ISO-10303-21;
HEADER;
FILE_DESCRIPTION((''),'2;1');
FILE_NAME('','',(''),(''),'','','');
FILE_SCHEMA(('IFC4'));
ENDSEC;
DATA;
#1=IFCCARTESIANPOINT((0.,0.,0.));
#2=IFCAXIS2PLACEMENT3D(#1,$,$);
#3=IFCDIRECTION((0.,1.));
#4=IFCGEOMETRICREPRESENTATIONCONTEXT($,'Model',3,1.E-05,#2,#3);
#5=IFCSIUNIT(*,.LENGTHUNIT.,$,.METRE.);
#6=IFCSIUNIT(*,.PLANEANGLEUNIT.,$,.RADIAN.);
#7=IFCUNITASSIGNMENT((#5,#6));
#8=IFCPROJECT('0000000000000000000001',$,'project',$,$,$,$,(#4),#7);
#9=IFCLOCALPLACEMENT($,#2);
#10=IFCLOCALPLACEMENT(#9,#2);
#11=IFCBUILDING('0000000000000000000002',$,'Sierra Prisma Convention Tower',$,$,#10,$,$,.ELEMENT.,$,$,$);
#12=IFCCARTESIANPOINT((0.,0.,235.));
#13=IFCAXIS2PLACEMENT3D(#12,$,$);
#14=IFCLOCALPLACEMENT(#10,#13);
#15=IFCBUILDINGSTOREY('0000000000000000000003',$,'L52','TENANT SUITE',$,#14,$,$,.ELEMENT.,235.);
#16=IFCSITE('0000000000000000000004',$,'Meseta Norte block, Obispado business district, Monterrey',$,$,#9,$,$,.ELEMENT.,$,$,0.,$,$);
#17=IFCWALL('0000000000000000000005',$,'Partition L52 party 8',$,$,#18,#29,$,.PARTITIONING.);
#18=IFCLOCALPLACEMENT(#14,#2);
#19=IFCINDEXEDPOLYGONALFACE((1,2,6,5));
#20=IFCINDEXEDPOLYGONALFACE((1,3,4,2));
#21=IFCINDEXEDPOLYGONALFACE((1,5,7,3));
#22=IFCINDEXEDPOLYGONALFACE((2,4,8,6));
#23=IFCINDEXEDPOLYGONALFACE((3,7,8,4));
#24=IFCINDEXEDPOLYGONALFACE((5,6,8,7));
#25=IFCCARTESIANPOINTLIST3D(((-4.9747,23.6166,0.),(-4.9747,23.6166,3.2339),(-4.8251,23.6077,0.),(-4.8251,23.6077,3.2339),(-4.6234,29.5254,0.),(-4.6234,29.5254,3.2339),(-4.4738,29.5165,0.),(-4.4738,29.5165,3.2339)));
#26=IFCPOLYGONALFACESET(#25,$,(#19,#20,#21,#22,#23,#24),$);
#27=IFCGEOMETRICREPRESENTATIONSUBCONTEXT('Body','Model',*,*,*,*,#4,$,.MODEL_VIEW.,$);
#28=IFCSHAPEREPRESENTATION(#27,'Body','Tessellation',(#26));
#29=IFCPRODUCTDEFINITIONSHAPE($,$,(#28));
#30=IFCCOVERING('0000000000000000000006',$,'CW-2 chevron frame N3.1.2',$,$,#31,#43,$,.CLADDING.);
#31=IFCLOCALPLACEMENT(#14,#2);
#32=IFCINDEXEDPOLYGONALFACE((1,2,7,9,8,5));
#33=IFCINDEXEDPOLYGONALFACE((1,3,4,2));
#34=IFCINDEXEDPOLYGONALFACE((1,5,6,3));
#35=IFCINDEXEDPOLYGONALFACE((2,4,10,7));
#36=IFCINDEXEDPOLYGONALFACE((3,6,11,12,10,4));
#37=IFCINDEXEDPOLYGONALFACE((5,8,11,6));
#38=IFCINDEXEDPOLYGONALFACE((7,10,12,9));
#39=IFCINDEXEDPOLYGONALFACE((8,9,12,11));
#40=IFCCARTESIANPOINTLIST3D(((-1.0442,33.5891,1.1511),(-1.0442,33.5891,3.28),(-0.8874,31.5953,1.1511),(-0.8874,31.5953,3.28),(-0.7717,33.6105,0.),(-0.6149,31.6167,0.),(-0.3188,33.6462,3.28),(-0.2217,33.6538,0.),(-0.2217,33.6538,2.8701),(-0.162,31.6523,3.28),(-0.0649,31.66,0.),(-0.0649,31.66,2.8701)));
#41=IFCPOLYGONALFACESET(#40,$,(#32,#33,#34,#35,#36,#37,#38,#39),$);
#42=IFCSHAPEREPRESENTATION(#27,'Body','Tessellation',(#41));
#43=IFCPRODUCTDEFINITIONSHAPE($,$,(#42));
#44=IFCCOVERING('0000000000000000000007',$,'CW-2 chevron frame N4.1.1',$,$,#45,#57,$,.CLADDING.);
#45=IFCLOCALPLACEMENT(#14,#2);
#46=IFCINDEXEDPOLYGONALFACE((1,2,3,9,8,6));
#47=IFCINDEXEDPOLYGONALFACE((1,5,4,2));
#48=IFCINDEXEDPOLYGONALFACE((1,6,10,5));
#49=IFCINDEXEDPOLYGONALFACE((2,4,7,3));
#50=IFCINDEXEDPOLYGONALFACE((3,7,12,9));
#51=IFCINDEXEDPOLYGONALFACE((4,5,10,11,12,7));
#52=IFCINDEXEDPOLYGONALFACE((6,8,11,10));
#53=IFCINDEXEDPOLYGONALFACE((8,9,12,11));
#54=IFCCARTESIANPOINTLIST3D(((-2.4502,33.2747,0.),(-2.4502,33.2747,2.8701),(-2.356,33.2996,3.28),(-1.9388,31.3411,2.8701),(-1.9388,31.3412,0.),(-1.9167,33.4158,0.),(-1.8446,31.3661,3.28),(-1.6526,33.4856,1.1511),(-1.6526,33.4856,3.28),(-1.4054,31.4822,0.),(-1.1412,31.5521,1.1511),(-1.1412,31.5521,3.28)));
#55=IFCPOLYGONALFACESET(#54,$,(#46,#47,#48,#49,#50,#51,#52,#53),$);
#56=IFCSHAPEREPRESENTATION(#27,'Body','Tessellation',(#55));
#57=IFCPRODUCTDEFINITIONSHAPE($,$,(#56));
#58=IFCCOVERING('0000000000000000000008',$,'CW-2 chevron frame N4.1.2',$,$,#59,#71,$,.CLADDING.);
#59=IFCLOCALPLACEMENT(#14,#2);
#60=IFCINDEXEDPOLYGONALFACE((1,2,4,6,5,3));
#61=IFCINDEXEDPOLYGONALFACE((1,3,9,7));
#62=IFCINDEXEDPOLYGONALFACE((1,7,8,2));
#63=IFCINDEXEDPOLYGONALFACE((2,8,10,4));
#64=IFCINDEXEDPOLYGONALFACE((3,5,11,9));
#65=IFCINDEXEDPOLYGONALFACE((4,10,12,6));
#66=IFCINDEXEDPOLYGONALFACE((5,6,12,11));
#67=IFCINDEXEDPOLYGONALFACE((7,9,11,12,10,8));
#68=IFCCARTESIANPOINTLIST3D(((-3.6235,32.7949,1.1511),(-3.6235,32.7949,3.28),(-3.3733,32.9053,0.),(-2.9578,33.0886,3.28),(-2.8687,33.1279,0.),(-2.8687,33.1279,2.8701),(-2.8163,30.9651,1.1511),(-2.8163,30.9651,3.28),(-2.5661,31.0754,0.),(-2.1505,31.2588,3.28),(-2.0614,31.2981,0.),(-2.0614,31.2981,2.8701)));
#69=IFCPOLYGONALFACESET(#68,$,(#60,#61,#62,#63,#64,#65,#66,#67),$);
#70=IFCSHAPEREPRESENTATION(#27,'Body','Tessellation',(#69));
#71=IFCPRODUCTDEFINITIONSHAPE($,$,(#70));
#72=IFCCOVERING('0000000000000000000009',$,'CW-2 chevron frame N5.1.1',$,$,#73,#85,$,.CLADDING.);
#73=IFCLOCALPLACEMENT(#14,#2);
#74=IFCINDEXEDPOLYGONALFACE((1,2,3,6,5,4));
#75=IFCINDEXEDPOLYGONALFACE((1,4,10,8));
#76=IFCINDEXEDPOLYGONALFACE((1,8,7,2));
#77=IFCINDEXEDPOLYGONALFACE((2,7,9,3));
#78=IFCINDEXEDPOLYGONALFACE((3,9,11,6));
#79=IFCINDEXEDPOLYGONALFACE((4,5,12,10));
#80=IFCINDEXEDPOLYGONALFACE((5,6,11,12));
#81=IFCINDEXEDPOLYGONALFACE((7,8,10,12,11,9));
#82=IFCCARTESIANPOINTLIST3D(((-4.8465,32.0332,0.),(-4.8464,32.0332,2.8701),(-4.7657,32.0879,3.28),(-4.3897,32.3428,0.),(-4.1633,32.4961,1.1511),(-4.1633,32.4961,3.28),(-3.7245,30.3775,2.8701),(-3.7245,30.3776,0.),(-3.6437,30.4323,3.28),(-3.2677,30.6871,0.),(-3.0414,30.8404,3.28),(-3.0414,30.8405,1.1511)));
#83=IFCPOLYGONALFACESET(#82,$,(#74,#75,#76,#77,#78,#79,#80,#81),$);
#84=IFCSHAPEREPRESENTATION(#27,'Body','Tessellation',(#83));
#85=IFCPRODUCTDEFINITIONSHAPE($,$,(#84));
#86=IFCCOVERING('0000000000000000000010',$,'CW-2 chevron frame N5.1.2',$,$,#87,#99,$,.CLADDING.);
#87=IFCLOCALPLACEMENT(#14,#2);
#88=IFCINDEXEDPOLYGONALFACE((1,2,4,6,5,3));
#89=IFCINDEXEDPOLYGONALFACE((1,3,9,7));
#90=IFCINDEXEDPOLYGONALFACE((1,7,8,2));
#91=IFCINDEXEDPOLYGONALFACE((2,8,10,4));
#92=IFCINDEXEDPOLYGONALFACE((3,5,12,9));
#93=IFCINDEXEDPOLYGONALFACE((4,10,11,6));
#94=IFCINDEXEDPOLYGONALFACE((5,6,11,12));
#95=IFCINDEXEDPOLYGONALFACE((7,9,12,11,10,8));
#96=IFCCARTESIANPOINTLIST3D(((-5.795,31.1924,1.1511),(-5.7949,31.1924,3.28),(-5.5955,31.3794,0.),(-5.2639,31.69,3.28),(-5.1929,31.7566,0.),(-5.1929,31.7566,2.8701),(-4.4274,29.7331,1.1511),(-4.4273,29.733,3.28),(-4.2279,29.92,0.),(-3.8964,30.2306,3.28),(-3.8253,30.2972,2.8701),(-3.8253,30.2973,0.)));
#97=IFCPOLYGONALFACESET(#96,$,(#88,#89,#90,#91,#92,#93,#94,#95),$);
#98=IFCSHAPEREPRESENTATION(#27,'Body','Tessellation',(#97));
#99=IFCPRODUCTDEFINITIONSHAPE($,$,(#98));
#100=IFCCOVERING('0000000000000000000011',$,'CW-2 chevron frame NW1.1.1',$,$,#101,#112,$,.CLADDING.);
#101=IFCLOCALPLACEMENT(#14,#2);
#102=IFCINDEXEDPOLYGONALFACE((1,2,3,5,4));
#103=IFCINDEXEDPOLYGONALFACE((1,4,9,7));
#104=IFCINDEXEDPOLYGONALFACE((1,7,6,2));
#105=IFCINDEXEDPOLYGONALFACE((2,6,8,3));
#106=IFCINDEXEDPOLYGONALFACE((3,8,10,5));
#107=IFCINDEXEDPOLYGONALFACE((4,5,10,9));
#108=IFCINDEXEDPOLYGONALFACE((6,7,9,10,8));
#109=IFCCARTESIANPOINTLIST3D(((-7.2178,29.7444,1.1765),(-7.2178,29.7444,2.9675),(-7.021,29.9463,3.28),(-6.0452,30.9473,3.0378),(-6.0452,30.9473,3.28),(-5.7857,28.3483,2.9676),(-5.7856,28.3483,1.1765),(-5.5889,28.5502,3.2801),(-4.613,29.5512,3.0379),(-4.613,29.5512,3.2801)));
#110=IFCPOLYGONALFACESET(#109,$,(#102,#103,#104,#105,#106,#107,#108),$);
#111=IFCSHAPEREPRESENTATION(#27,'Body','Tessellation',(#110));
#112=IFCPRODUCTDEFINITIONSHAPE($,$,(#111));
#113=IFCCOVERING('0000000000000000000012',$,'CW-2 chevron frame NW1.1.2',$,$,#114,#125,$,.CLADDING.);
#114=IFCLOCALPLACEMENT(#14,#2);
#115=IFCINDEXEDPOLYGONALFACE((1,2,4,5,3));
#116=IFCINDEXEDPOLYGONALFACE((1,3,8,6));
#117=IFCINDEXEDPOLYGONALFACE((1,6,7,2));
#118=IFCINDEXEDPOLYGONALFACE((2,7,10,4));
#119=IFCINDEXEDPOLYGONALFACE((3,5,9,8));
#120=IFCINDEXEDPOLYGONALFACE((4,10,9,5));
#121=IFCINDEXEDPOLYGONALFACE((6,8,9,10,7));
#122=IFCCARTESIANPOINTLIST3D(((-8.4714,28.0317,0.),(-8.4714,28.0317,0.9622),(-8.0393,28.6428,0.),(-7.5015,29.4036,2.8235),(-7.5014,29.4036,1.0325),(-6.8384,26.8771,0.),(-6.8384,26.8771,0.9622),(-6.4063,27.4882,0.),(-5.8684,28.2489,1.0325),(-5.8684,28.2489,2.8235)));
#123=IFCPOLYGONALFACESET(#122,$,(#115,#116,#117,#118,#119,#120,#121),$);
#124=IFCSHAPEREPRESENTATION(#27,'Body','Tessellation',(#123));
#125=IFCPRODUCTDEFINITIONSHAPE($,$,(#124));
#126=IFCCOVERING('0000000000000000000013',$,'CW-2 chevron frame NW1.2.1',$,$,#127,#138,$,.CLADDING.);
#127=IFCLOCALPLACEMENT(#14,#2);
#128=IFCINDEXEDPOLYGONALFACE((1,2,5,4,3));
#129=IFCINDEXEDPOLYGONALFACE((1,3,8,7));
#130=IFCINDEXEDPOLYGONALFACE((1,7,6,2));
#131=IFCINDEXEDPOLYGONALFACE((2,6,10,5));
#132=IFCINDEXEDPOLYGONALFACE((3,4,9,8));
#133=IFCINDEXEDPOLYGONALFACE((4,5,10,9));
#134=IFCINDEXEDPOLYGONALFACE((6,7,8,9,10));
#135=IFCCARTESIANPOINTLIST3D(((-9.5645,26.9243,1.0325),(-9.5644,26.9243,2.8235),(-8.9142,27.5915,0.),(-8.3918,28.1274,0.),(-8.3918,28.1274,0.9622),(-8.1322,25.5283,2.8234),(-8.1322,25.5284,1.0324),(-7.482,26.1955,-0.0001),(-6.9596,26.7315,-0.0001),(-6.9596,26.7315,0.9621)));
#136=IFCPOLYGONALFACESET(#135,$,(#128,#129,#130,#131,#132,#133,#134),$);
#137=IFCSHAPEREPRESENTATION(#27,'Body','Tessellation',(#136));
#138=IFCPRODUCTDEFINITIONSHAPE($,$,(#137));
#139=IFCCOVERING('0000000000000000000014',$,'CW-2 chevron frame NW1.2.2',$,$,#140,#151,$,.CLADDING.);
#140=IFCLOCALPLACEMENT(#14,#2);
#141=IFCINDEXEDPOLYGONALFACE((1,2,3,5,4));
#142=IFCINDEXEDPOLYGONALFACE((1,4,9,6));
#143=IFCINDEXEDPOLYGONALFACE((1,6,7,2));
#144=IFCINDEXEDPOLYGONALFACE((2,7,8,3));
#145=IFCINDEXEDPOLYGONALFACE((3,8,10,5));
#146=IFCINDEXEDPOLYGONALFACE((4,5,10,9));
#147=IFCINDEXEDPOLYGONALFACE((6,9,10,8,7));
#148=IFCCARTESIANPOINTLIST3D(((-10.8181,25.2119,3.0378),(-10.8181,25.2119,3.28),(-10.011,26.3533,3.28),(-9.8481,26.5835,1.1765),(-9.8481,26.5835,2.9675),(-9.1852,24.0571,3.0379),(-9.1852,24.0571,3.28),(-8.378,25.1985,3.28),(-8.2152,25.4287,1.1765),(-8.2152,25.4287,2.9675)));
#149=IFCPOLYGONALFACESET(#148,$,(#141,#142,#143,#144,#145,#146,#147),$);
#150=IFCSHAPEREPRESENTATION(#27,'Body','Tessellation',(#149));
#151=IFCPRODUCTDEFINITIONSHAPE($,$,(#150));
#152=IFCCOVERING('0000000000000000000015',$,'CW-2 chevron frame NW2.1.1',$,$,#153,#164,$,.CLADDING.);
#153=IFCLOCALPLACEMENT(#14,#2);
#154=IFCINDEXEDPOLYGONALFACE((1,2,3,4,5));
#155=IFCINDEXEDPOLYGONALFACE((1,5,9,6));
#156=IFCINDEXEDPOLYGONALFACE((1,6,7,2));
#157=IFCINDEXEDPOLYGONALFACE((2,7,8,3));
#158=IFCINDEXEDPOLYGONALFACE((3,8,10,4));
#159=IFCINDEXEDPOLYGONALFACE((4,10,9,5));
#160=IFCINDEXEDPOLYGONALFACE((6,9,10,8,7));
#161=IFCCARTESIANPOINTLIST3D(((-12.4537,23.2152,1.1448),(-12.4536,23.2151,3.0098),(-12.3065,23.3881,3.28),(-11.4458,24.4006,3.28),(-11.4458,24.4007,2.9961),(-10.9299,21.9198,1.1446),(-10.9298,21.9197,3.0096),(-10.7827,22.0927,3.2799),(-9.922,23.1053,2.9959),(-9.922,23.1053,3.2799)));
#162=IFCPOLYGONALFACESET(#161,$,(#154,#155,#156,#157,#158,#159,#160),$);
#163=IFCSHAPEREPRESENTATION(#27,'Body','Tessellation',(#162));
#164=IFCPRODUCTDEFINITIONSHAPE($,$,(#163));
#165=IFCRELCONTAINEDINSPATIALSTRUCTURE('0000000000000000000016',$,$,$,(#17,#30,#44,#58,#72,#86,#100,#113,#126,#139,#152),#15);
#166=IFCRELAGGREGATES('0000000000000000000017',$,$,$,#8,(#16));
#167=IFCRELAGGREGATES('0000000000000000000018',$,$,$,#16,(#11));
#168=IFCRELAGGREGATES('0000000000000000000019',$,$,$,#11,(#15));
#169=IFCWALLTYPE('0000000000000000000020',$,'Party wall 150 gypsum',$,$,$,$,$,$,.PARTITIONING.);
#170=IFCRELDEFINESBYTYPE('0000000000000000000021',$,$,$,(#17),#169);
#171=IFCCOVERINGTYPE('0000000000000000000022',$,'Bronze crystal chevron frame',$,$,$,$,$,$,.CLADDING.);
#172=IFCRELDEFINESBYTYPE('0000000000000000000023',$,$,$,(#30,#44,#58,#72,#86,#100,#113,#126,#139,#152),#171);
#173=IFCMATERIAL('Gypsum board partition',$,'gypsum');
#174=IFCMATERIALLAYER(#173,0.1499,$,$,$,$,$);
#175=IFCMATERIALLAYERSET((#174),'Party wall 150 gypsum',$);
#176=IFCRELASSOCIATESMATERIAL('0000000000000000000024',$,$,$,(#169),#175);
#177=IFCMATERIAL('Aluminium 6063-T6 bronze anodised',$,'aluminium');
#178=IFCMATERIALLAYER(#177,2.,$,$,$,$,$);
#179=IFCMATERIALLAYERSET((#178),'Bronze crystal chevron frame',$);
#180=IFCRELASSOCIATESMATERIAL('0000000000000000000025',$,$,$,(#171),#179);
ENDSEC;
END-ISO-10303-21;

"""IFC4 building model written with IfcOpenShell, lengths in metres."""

from ifc_helpers import new_model, si_unit, direction, frame, frame_2d, origin, place, context, subcontext, project, spatial, polyline, rectangle, outline, extrude, material, layer, layer_set, type_object, element, save


model = new_model("IFC4")

# Units and contexts
model_context = context("Model", 3, precision=1e-05, world=origin(), true_north=direction((0.0, 1.0)))
body_context = subcontext(model_context, "Body", "Model", "MODEL_VIEW")
ifc_project = project(units=[si_unit("LENGTHUNIT", "METRE"), si_unit("PLANEANGLEUNIT", "RADIAN")], contexts=[model_context])

# Site, building, storey
site_placement = place(None, origin())
site = spatial("IfcSite", under=ifc_project, at=site_placement, Name="Meseta Norte block, Obispado business district, Monterrey", CompositionType="ELEMENT", RefElevation=0.0)
building_placement = place(site_placement, origin())
building = spatial("IfcBuilding", under=site, at=building_placement, Name="Sierra Prisma Convention Tower", CompositionType="ELEMENT")
storey_placement = place(building_placement, frame((0.0, 0.0, 235.0)))
storey = spatial("IfcBuildingStorey", under=building, at=storey_placement, Name="L52", Description="TENANT SUITE", CompositionType="ELEMENT", Elevation=235.0)

# Wall
ifc_material_1 = material(Name="Gypsum board partition", Category="gypsum")
ifc_layer_1 = layer(ifc_material_1, 0.1499)
ifc_layer_set_1 = layer_set([ifc_layer_1], Name="Party wall 150 gypsum")
wall_type = type_object("IfcWallType", Name="Party wall 150 gypsum", PredefinedType="PARTITIONING", material=ifc_layer_set_1)
wall_placement = place(storey_placement, frame((-4.8999, 23.6123, 0.0), z_axis=(0.0, 0.0, 1.0), x_axis=(0.059353, 0.998237, 0.0)))
element("IfcWall", 1, at=wall_placement, inside=storey, type_object=wall_type, Name="Partition L52 party 8", PredefinedType="PARTITIONING", context=body_context, shape_type="SweptSolid", body=[
    extrude(rectangle(XDim=5.9192, YDim=0.1499, at=frame_2d((2.9595, 0.0))), origin(), (0.0, 0.0, 1.0), 3.2339),
])

# Coverings
ifc_material_2 = material(Name="Aluminium 6063-T6 bronze anodised", Category="aluminium")
ifc_layer_2 = layer(ifc_material_2, 2.0)
ifc_layer_set_2 = layer_set([ifc_layer_2], Name="Bronze crystal chevron frame")
covering_type = type_object("IfcCoveringType", Name="Bronze crystal chevron frame", PredefinedType="CLADDING", material=ifc_layer_set_2)
covering_1_placement = place(storey_placement, frame((-0.2217, 33.6538, 0.0), z_axis=(-0.07841, 0.996921, -0.000004), x_axis=(-0.996921, -0.07841, 0.0)))
element("IfcCovering", 2, at=covering_1_placement, inside=storey, type_object=covering_type, Name="CW-2 chevron frame N3.1.2", PredefinedType="CLADDING", context=body_context, shape_type="SweptSolid", body=[
    extrude(outline(polyline([(0.0, 0.0), (0.5517, 0.0), (0.8251, 1.1511), (0.8251, 3.28), (0.0975, 3.28), (0.0, 2.8701), (0.0, 0.0)])), origin(), (0.0, 0.0, -1.0), 2.0),
])
covering_2_placement = place(storey_placement, frame((-1.6526, 33.4856, 3.28), z_axis=(-0.255682, 0.966761, 0.000009), x_axis=(-0.000002, 0.000009, -1.0)))
element("IfcCovering", 3, at=covering_2_placement, inside=storey, type_object=covering_type, Name="CW-2 chevron frame N4.1.1", PredefinedType="CLADDING", context=body_context, shape_type="SweptSolid", body=[
    extrude(outline(polyline([(0.0, 0.0), (2.1289, 0.0), (3.28, 0.2732), (3.28, 0.825), (0.4099, 0.825), (0.0, 0.7276), (0.0, 0.0)])), origin(), (0.0, 0.0, -1.0), 2.0),
])
covering_3_placement = place(storey_placement, frame((-2.8687, 33.1279, 0.0), z_axis=(-0.403619, 0.914927, -0.000007), x_axis=(-0.914927, -0.403619, 0.0)))
element("IfcCovering", 4, at=covering_3_placement, inside=storey, type_object=covering_type, Name="CW-2 chevron frame N4.1.2", PredefinedType="CLADDING", context=body_context, shape_type="SweptSolid", body=[
    extrude(outline(polyline([(0.0, 0.0), (0.5516, 0.0), (0.8251, 1.1511), (0.8251, 3.28), (0.0974, 3.28), (0.0, 2.8701), (0.0, 0.0)])), origin(), (0.0, 0.0, -1.0), 2.0),
])
covering_4_placement = place(storey_placement, frame((-4.1633, 32.4961, 3.28), z_axis=(-0.560976, 0.827832, 0.000015), x_axis=(-0.000008, 0.000012, -1.0)))
element("IfcCovering", 5, at=covering_4_placement, inside=storey, type_object=covering_type, Name="CW-2 chevron frame N5.1.1", PredefinedType="CLADDING", context=body_context, shape_type="SweptSolid", body=[
    extrude(outline(polyline([(0.0, 0.0), (2.1289, 0.0), (3.28, 0.2734), (3.28, 0.8252), (0.4099, 0.8252), (0.0, 0.7276), (0.0, 0.0)])), origin(), (0.0, 0.0, -1.0), 2.0),
])
covering_5_placement = place(storey_placement, frame((-5.5955, 31.3794, 0.0), z_axis=(-0.68379, 0.729679, 0.000019), x_axis=(-0.168613, -0.158034, 0.972931)))
element("IfcCovering", 6, at=covering_5_placement, inside=storey, type_object=covering_type, Name="CW-2 chevron frame N5.1.2", PredefinedType="CLADDING", context=body_context, shape_type="SweptSolid", body=[
    extrude(outline(polyline([(0.0, 0.0), (1.1831, 0.0), (3.2544, 0.492), (3.0863, 1.2), (2.6649, 1.2), (-0.1275, 0.5368), (0.0, 0.0)])), origin(), (0.0, 0.0, -1.0), 2.0),
])
covering_6_placement = place(storey_placement, frame((-6.0452, 30.9473, 3.28), z_axis=(-0.716058, 0.698041, -0.000014), x_axis=(0.00001, -0.00001, -1.0)))
element("IfcCovering", 7, at=covering_6_placement, inside=storey, type_object=covering_type, Name="CW-2 chevron frame NW1.1.1", PredefinedType="CLADDING", context=body_context, shape_type="SweptSolid", body=[
    extrude(outline(polyline([(0.0, 0.0), (0.2422, 0.0), (2.1035, 1.6799), (0.3125, 1.6799), (0.0, 1.3979), (0.0, 0.0)])), origin(), (0.0, 0.0, -1.0), 2.0),
])
covering_7_placement = place(storey_placement, frame((-7.5015, 29.4036, 2.8235), z_axis=(-0.816508, 0.577334, -0.000013), x_axis=(0.000011, -0.000008, -1.0)))
element("IfcCovering", 8, at=covering_7_placement, inside=storey, type_object=covering_type, Name="CW-2 chevron frame NW1.1.2", PredefinedType="CLADDING", context=body_context, shape_type="SweptSolid", body=[
    extrude(outline(polyline([(0.0, 0.0), (1.791, 0.0), (2.8235, 0.9317), (2.8235, 1.6801), (1.8613, 1.6801), (0.0, 0.0)])), origin(), (0.0, 0.0, -1.0), 2.0),
])
covering_8_placement = place(storey_placement, frame((-8.3918, 28.1274, 0.0), z_axis=(-0.716115, 0.697982, 0.000037), x_axis=(-0.697982, -0.716115, 0.0)))
element("IfcCovering", 9, at=covering_8_placement, inside=storey, type_object=covering_type, Name="CW-2 chevron frame NW1.2.1", PredefinedType="CLADDING", context=body_context, shape_type="SweptSolid", body=[
    extrude(outline(polyline([(0.0, 0.0), (0.7484, 0.0), (1.68, 1.0325), (1.68, 2.8235), (0.0, 0.9622), (0.0, 0.0)])), origin(), (0.0, 0.0, -1.0), 2.0),
])
covering_9_placement = place(storey_placement, frame((-10.8181, 25.2119, 3.28), z_axis=(-0.816465, 0.577395, -0.00001), x_axis=(0.577395, 0.816465, 0.0)))
element("IfcCovering", 10, at=covering_9_placement, inside=storey, type_object=covering_type, Name="CW-2 chevron frame NW1.2.2", PredefinedType="CLADDING", context=body_context, shape_type="SweptSolid", body=[
    extrude(outline(polyline([(0.0, 0.0), (1.3979, 0.0), (1.6799, 0.3125), (1.6799, 2.1035), (0.0, 0.2422), (0.0, 0.0)])), origin(), (0.0, 0.0, -1.0), 2.0),
])
covering_10_placement = place(storey_placement, frame((-11.4458, 24.4006, 3.28), z_axis=(-0.761918, 0.647673, 0.000089), x_axis=(-0.000068, 0.000058, -1.0)))
element("IfcCovering", 11, at=covering_10_placement, inside=storey, type_object=covering_type, Name="CW-2 chevron frame NW2.1.1", PredefinedType="CLADDING", context=body_context, shape_type="SweptSolid", body=[
    extrude(outline(polyline([(0.0, 0.0), (0.2839, 0.0), (2.1353, 1.556), (0.2703, 1.556), (0.0, 1.329), (0.0, 0.0)])), origin(), (0.0, 0.0, -1.0), 2.0),
])

save(model, "model.ifc")
